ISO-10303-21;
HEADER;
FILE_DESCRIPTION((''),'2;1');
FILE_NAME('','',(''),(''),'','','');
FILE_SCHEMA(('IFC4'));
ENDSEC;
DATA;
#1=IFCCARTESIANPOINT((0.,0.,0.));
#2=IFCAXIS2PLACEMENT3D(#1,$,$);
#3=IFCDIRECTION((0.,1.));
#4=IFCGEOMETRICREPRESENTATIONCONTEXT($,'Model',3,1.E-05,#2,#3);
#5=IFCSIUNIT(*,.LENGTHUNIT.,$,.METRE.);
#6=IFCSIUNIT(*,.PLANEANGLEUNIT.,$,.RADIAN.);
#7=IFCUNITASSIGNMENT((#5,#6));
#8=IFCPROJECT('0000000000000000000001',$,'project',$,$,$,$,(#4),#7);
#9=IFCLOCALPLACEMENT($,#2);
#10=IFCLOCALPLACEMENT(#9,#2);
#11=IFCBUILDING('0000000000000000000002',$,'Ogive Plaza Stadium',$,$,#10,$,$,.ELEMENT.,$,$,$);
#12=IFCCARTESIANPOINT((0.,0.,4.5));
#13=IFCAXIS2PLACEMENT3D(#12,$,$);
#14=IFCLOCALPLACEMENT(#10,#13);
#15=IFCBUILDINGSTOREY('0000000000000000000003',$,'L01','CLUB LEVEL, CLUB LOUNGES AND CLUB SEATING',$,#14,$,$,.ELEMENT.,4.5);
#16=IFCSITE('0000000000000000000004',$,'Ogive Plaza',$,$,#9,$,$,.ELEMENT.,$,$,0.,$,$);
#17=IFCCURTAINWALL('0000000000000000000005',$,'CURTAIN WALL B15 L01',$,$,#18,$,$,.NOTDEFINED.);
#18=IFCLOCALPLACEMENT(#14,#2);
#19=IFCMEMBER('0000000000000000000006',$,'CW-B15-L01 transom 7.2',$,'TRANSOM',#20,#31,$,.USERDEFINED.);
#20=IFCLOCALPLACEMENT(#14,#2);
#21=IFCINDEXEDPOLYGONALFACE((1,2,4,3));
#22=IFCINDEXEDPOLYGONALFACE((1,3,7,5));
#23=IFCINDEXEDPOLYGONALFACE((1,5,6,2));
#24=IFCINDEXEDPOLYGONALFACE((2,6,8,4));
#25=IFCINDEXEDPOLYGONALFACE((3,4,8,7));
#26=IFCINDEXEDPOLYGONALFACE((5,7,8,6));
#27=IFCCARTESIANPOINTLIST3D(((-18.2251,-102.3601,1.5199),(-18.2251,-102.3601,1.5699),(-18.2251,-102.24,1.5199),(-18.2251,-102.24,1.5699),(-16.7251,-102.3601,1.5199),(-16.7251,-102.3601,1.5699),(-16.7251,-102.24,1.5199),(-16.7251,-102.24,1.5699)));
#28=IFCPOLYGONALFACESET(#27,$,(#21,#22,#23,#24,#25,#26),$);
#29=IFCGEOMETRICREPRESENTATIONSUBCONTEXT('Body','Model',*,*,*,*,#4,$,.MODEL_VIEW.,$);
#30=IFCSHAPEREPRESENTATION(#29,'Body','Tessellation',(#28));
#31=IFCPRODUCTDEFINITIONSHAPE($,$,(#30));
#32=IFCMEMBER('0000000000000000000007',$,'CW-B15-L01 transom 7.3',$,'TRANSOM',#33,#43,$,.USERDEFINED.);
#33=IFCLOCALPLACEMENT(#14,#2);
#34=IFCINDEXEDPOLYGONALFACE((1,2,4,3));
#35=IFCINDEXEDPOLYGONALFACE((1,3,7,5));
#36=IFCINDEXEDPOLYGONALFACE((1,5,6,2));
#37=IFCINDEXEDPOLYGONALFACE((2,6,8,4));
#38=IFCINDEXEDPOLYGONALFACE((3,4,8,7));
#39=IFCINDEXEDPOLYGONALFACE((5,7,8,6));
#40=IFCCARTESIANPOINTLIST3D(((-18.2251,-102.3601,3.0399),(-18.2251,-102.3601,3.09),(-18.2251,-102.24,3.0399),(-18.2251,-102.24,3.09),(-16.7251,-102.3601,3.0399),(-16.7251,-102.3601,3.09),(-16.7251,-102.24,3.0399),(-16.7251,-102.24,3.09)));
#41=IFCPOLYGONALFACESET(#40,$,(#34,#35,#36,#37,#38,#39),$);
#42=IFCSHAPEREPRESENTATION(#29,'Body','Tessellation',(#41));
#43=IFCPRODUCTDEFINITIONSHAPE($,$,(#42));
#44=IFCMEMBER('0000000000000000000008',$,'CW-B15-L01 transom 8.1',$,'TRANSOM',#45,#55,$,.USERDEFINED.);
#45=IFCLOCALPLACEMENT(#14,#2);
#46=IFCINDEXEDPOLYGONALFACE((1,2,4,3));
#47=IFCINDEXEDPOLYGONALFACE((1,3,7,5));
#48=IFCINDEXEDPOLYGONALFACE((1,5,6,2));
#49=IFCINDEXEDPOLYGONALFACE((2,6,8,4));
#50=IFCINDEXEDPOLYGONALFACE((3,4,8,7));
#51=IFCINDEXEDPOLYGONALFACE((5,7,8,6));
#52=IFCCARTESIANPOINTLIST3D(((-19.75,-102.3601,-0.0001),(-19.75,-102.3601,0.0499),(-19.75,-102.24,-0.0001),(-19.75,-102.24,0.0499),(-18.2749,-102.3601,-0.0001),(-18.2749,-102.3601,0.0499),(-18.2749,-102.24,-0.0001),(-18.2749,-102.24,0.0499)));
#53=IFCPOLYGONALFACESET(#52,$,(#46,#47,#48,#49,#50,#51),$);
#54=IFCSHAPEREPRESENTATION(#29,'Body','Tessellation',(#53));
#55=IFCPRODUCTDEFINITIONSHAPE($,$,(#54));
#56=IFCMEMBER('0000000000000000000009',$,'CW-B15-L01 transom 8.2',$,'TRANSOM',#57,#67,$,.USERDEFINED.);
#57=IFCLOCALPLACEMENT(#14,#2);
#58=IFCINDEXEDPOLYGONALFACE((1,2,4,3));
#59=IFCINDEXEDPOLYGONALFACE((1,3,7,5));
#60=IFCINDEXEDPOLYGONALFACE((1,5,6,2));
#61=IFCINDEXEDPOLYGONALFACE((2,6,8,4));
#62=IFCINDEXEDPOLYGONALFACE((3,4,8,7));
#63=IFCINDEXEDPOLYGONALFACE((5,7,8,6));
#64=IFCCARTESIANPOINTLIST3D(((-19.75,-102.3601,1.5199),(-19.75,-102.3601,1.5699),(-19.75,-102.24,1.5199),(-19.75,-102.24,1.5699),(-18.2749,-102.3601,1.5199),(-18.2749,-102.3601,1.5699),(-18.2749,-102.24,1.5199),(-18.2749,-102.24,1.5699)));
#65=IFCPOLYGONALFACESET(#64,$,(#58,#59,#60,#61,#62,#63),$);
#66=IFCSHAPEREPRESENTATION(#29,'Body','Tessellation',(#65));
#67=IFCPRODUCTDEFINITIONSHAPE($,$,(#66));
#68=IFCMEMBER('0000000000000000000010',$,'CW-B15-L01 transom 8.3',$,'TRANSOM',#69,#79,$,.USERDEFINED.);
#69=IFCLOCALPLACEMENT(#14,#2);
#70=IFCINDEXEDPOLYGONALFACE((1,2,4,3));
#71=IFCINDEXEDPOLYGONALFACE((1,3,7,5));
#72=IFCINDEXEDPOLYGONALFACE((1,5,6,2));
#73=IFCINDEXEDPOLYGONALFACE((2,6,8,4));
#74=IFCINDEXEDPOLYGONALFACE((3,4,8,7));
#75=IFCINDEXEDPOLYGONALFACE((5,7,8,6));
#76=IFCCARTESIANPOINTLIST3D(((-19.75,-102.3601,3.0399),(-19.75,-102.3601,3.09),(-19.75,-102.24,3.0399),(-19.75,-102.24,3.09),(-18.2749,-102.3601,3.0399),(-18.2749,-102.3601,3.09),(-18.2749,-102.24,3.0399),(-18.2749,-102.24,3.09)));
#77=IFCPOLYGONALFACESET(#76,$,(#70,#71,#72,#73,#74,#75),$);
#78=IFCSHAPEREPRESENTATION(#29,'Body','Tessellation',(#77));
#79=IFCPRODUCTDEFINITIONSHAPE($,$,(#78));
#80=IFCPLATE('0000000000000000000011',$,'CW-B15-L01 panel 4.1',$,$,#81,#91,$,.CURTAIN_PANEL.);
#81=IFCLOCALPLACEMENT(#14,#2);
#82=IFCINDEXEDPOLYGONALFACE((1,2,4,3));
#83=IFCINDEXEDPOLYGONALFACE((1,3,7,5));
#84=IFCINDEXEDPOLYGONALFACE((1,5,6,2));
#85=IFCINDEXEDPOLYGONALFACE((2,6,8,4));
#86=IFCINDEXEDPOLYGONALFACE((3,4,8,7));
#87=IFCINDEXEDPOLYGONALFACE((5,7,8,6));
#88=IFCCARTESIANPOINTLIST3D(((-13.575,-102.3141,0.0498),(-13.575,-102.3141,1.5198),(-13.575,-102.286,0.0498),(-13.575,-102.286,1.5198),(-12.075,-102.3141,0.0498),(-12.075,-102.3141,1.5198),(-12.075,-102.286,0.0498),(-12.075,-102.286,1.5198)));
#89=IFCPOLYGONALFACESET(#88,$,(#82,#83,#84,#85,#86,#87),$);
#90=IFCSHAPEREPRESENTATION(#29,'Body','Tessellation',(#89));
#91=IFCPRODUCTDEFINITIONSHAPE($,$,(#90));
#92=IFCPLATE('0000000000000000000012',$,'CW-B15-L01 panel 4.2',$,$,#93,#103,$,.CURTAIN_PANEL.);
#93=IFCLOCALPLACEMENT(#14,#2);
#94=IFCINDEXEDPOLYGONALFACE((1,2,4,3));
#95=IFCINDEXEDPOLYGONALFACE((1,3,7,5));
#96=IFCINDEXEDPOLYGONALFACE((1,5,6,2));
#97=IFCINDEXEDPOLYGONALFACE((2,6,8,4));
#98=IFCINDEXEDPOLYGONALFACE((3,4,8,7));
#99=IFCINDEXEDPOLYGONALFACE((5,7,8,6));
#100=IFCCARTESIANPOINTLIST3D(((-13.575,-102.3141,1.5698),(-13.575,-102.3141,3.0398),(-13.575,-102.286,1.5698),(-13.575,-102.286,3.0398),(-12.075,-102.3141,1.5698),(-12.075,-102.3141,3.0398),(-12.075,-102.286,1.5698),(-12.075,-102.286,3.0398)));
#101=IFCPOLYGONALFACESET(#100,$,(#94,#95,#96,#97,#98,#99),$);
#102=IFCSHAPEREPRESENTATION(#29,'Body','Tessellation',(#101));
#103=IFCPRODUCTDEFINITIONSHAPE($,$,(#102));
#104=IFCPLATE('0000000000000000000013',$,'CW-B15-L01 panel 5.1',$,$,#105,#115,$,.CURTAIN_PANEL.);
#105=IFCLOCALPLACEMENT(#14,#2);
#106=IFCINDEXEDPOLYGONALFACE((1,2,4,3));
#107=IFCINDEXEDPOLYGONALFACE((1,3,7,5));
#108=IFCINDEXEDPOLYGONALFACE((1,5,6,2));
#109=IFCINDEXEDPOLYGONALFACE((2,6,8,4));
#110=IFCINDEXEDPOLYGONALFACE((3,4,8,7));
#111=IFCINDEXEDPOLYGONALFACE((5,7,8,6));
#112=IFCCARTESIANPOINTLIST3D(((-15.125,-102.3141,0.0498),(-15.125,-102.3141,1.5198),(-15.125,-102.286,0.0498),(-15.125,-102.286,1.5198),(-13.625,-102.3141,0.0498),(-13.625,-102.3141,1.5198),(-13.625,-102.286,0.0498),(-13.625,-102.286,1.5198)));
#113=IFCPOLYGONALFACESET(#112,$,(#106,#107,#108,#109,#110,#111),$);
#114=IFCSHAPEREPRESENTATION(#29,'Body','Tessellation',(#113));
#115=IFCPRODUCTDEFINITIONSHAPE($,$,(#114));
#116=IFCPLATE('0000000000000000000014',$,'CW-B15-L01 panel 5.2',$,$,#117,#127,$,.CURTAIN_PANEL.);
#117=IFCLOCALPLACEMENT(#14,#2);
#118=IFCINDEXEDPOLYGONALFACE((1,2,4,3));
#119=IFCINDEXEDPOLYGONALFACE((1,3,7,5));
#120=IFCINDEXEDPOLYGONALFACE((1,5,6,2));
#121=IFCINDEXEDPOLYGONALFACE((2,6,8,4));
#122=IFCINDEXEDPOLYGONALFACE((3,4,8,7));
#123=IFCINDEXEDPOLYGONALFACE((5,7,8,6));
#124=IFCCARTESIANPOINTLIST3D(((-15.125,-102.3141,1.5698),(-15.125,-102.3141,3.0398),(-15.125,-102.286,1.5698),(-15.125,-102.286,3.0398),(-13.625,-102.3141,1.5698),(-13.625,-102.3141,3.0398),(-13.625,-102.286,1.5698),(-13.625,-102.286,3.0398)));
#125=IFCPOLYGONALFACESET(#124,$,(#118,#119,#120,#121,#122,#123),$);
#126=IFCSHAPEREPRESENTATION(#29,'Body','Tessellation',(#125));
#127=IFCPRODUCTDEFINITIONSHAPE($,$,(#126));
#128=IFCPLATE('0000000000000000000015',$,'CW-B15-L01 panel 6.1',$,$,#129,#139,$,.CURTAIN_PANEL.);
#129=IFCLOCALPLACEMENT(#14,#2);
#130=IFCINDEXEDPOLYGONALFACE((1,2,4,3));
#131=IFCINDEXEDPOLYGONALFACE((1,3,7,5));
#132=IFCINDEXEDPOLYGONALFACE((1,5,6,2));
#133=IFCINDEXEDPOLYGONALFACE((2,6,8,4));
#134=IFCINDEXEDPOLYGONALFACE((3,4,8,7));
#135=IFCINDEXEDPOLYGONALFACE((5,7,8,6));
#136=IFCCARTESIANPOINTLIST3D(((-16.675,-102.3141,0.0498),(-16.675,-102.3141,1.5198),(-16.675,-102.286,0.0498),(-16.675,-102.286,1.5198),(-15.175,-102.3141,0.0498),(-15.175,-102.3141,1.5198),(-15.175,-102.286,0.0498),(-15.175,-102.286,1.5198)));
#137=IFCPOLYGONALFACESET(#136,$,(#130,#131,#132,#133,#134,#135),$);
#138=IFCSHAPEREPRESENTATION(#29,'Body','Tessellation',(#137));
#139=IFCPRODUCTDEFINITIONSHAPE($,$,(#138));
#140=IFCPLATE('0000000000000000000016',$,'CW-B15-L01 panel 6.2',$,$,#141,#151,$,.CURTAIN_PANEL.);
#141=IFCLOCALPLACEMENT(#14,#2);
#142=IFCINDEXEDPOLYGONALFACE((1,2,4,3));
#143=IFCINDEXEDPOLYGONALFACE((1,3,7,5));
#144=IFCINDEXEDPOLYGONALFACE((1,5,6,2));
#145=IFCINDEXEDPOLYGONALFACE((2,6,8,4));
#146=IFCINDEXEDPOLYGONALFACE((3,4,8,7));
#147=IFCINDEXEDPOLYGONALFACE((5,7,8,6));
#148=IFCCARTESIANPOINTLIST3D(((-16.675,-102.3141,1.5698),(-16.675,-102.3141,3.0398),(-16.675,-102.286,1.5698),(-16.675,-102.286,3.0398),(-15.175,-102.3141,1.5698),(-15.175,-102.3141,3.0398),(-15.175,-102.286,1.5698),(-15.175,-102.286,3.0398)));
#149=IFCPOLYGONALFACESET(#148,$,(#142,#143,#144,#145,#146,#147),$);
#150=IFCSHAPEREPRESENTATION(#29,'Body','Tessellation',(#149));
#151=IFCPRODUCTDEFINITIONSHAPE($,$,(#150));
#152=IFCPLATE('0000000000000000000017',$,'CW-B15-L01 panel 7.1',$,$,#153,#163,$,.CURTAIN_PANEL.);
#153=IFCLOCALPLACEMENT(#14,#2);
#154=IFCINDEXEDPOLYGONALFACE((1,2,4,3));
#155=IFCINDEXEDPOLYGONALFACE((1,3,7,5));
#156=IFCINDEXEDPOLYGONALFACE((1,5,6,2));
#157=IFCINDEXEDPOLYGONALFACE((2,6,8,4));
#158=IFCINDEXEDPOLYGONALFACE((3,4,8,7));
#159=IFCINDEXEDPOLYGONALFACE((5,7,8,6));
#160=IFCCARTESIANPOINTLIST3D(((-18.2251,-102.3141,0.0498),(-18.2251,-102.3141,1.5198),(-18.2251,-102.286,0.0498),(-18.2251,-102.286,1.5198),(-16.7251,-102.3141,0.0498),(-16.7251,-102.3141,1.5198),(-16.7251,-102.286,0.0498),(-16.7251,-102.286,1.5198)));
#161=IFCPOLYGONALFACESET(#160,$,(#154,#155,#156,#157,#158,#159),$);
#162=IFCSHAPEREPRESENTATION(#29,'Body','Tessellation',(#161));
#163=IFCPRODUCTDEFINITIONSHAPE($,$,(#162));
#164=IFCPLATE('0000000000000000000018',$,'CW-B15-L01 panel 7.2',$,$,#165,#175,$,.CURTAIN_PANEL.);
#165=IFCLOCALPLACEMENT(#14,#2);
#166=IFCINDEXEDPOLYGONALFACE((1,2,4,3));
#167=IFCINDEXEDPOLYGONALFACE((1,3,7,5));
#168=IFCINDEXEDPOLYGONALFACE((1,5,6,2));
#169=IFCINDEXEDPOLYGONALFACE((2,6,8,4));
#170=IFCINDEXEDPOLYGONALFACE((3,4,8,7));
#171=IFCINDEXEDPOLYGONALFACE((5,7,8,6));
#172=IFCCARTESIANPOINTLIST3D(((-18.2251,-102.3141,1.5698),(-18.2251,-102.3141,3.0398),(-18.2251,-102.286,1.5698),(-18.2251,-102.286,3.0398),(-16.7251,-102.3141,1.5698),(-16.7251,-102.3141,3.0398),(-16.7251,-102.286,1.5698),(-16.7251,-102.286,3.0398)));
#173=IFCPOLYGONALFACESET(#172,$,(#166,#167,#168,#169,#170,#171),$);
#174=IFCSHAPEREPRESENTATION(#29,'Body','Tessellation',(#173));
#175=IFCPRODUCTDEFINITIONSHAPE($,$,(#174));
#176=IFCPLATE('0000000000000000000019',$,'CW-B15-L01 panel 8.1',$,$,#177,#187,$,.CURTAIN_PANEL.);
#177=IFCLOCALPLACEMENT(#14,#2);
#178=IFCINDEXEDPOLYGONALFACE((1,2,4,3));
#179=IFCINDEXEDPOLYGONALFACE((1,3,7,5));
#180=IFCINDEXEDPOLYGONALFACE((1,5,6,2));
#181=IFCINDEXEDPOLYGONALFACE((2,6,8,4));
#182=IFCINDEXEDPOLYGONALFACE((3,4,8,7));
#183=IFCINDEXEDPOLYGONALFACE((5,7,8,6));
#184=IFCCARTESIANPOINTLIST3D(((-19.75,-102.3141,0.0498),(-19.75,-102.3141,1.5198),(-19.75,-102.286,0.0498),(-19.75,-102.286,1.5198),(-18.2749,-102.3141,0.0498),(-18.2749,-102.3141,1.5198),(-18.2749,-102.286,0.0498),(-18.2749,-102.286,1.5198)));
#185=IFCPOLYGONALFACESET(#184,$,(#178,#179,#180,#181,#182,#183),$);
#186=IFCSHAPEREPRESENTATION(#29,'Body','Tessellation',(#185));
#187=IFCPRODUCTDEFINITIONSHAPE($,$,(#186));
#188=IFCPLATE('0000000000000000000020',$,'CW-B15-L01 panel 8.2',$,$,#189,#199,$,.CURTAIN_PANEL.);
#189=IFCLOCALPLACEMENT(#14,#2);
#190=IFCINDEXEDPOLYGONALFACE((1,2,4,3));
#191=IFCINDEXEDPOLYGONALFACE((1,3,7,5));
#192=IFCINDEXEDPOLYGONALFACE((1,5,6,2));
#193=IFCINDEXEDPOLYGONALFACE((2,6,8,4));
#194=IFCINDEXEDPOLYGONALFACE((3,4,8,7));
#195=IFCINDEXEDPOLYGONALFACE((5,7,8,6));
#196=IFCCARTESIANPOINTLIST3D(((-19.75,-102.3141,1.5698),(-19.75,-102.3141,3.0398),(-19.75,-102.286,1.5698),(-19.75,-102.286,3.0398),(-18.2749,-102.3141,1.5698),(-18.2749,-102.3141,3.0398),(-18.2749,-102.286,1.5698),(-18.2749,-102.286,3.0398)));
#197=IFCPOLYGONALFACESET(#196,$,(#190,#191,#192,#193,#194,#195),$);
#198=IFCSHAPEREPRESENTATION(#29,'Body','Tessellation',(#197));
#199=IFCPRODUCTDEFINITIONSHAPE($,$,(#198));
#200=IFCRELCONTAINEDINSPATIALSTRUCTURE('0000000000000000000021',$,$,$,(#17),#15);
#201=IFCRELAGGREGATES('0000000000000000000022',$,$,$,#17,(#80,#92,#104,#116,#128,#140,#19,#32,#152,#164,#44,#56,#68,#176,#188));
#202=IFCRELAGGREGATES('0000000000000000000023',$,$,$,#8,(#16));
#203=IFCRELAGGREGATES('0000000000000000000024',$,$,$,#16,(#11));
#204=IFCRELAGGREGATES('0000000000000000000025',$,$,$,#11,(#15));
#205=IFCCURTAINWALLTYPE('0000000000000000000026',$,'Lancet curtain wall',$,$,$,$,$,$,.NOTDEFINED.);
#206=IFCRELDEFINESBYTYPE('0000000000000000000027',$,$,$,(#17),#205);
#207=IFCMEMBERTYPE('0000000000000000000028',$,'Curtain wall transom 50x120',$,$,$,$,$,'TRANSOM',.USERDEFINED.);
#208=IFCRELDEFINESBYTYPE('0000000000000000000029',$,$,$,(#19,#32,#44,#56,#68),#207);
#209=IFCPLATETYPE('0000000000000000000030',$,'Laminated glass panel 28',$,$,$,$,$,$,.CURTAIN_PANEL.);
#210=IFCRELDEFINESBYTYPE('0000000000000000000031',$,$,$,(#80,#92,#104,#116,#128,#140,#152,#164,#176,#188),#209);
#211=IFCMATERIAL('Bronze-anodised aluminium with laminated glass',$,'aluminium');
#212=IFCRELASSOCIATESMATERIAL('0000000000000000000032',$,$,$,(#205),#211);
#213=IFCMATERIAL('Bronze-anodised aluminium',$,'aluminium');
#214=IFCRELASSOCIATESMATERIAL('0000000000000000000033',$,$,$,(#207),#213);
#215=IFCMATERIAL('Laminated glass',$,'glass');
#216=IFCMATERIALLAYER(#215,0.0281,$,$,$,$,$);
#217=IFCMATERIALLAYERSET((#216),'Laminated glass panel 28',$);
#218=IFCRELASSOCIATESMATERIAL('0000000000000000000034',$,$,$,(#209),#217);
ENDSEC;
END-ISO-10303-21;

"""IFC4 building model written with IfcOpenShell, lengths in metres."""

from ifc_helpers import new_model, si_unit, direction, frame, origin, origin_2d, place, context, subcontext, project, spatial, rectangle, extrude, material, layer, layer_set, material_profile, profile_set, type_object, element, aggregate, save


model = new_model("IFC4")

# Units and contexts
model_context = context("Model", 3, precision=1e-05, world=origin(), true_north=direction((0.0, 1.0)))
body_context = subcontext(model_context, "Body", "Model", "MODEL_VIEW")
ifc_project = project(units=[si_unit("LENGTHUNIT", "METRE"), si_unit("PLANEANGLEUNIT", "RADIAN")], contexts=[model_context])

# Site, building, storey
site_placement = place(None, origin())
site = spatial("IfcSite", under=ifc_project, at=site_placement, Name="Ogive Plaza", CompositionType="ELEMENT", RefElevation=0.0)
building_placement = place(site_placement, origin())
building = spatial("IfcBuilding", under=site, at=building_placement, Name="Ogive Plaza Stadium", CompositionType="ELEMENT")
storey_placement = place(building_placement, frame((0.0, 0.0, 4.5)))
storey = spatial("IfcBuildingStorey", under=building, at=storey_placement, Name="L01", Description="CLUB LEVEL, CLUB LOUNGES AND CLUB SEATING", CompositionType="ELEMENT", Elevation=4.5)

# Curtain wall, members, plates
ifc_material_1 = material(Name="Bronze-anodised aluminium with laminated glass", Category="aluminium")
curtain_wall_type = type_object("IfcCurtainWallType", Name="Lancet curtain wall", PredefinedType="NOTDEFINED", material=ifc_material_1)
curtain_wall_placement = place(storey_placement, origin())
curtain_wall = element("IfcCurtainWall", 1, at=curtain_wall_placement, inside=storey, type_object=curtain_wall_type, Name="CURTAIN WALL B15 L01", PredefinedType="NOTDEFINED")
ifc_material_2 = material(Name="Bronze-anodised aluminium", Category="aluminium")
ifc_material_profile_1 = material_profile(ifc_material_2, rectangle(XDim=0.1201, YDim=0.05, at=origin_2d()), Name="AL 120x50")
ifc_profile_set_1 = profile_set([ifc_material_profile_1], Name="Bronze-anodised aluminium")
member_type_1 = type_object("IfcMemberType", Name="Curtain wall transom 50x120", ElementType="TRANSOM", PredefinedType="USERDEFINED", material=ifc_profile_set_1)
member_1_placement = place(storey_placement, frame((-16.7251, -102.3, 1.5449), z_axis=(-1.0, 0.0, 0.0), x_axis=(0.0, -1.0, 0.0)))
member_1 = element("IfcMember", 2, at=member_1_placement, type_object=member_type_1, Name="CW-B15-L01 transom 7.2", ObjectType="TRANSOM", PredefinedType="USERDEFINED", context=body_context, shape_type="SweptSolid", body=[
    extrude(rectangle(XDim=0.1201, YDim=0.05, at=origin_2d()), origin(), (0.0, 0.0, 1.0), 1.5),
])
member_2_placement = place(storey_placement, frame((-16.7251, -102.3, 3.0649), z_axis=(-1.0, 0.0, 0.0), x_axis=(0.0, -1.0, 0.0)))
member_2 = element("IfcMember", 3, at=member_2_placement, type_object=member_type_1, Name="CW-B15-L01 transom 7.3", ObjectType="TRANSOM", PredefinedType="USERDEFINED", context=body_context, shape_type="SweptSolid", body=[
    extrude(rectangle(XDim=0.1201, YDim=0.05, at=origin_2d()), origin(), (0.0, 0.0, 1.0), 1.5),
])
member_3_placement = place(storey_placement, frame((-18.2749, -102.3, 0.0249), z_axis=(-1.0, 0.0, 0.0), x_axis=(0.0, -1.0, 0.0)))
member_3 = element("IfcMember", 4, at=member_3_placement, type_object=member_type_1, Name="CW-B15-L01 transom 8.1", ObjectType="TRANSOM", PredefinedType="USERDEFINED", context=body_context, shape_type="SweptSolid", body=[
    extrude(rectangle(XDim=0.1201, YDim=0.05, at=origin_2d()), origin(), (0.0, 0.0, 1.0), 1.4751),
])
member_4_placement = place(storey_placement, frame((-18.2749, -102.3, 1.5449), z_axis=(-1.0, 0.0, 0.0), x_axis=(0.0, -1.0, 0.0)))
member_4 = element("IfcMember", 5, at=member_4_placement, type_object=member_type_1, Name="CW-B15-L01 transom 8.2", ObjectType="TRANSOM", PredefinedType="USERDEFINED", context=body_context, shape_type="SweptSolid", body=[
    extrude(rectangle(XDim=0.1201, YDim=0.05, at=origin_2d()), origin(), (0.0, 0.0, 1.0), 1.4751),
])
member_5_placement = place(storey_placement, frame((-18.2749, -102.3, 3.0649), z_axis=(-1.0, 0.0, 0.0), x_axis=(0.0, -1.0, 0.0)))
member_5 = element("IfcMember", 6, at=member_5_placement, type_object=member_type_1, Name="CW-B15-L01 transom 8.3", ObjectType="TRANSOM", PredefinedType="USERDEFINED", context=body_context, shape_type="SweptSolid", body=[
    extrude(rectangle(XDim=0.1201, YDim=0.05, at=origin_2d()), origin(), (0.0, 0.0, 1.0), 1.4751),
])
ifc_material_3 = material(Name="Laminated glass", Category="glass")
ifc_layer_1 = layer(ifc_material_3, 0.0281)
ifc_layer_set_1 = layer_set([ifc_layer_1], Name="Laminated glass panel 28")
plate_type = type_object("IfcPlateType", Name="Laminated glass panel 28", PredefinedType="CURTAIN_PANEL", material=ifc_layer_set_1)
plate_1_placement = place(storey_placement, frame((-12.825, -102.3, 0.0498), z_axis=(0.0, 0.0, 1.0), x_axis=(-1.0, 0.0, 0.0)))
plate_1 = element("IfcPlate", 7, at=plate_1_placement, type_object=plate_type, Name="CW-B15-L01 panel 4.1", PredefinedType="CURTAIN_PANEL", context=body_context, shape_type="SweptSolid", body=[
    extrude(rectangle(XDim=1.5, YDim=0.0281, at=origin_2d()), origin(), (0.0, 0.0, 1.0), 1.47),
])
plate_2_placement = place(storey_placement, frame((-12.825, -102.3, 1.5698), z_axis=(0.0, 0.0, 1.0), x_axis=(-1.0, 0.0, 0.0)))
plate_2 = element("IfcPlate", 8, at=plate_2_placement, type_object=plate_type, Name="CW-B15-L01 panel 4.2", PredefinedType="CURTAIN_PANEL", context=body_context, shape_type="SweptSolid", body=[
    extrude(rectangle(XDim=1.5, YDim=0.0281, at=origin_2d()), origin(), (0.0, 0.0, 1.0), 1.47),
])
plate_3_placement = place(storey_placement, frame((-14.375, -102.3, 0.0498), z_axis=(0.0, 0.0, 1.0), x_axis=(-1.0, 0.0, 0.0)))
plate_3 = element("IfcPlate", 9, at=plate_3_placement, type_object=plate_type, Name="CW-B15-L01 panel 5.1", PredefinedType="CURTAIN_PANEL", context=body_context, shape_type="SweptSolid", body=[
    extrude(rectangle(XDim=1.5, YDim=0.0281, at=origin_2d()), origin(), (0.0, 0.0, 1.0), 1.47),
])
plate_4_placement = place(storey_placement, frame((-14.375, -102.3, 1.5698), z_axis=(0.0, 0.0, 1.0), x_axis=(-1.0, 0.0, 0.0)))
plate_4 = element("IfcPlate", 10, at=plate_4_placement, type_object=plate_type, Name="CW-B15-L01 panel 5.2", PredefinedType="CURTAIN_PANEL", context=body_context, shape_type="SweptSolid", body=[
    extrude(rectangle(XDim=1.5, YDim=0.0281, at=origin_2d()), origin(), (0.0, 0.0, 1.0), 1.47),
])
plate_5_placement = place(storey_placement, frame((-15.925, -102.3, 0.0498), z_axis=(0.0, 0.0, 1.0), x_axis=(-1.0, 0.0, 0.0)))
plate_5 = element("IfcPlate", 11, at=plate_5_placement, type_object=plate_type, Name="CW-B15-L01 panel 6.1", PredefinedType="CURTAIN_PANEL", context=body_context, shape_type="SweptSolid", body=[
    extrude(rectangle(XDim=1.5, YDim=0.0281, at=origin_2d()), origin(), (0.0, 0.0, 1.0), 1.47),
])
plate_6_placement = place(storey_placement, frame((-15.925, -102.3, 1.5698), z_axis=(0.0, 0.0, 1.0), x_axis=(-1.0, 0.0, 0.0)))
plate_6 = element("IfcPlate", 12, at=plate_6_placement, type_object=plate_type, Name="CW-B15-L01 panel 6.2", PredefinedType="CURTAIN_PANEL", context=body_context, shape_type="SweptSolid", body=[
    extrude(rectangle(XDim=1.5, YDim=0.0281, at=origin_2d()), origin(), (0.0, 0.0, 1.0), 1.47),
])
plate_7_placement = place(storey_placement, frame((-17.4751, -102.3, 0.0498), z_axis=(0.0, 0.0, 1.0), x_axis=(-1.0, 0.0, 0.0)))
plate_7 = element("IfcPlate", 13, at=plate_7_placement, type_object=plate_type, Name="CW-B15-L01 panel 7.1", PredefinedType="CURTAIN_PANEL", context=body_context, shape_type="SweptSolid", body=[
    extrude(rectangle(XDim=1.5, YDim=0.0281, at=origin_2d()), origin(), (0.0, 0.0, 1.0), 1.47),
])
plate_8_placement = place(storey_placement, frame((-17.4751, -102.3, 1.5698), z_axis=(0.0, 0.0, 1.0), x_axis=(-1.0, 0.0, 0.0)))
plate_8 = element("IfcPlate", 14, at=plate_8_placement, type_object=plate_type, Name="CW-B15-L01 panel 7.2", PredefinedType="CURTAIN_PANEL", context=body_context, shape_type="SweptSolid", body=[
    extrude(rectangle(XDim=1.5, YDim=0.0281, at=origin_2d()), origin(), (0.0, 0.0, 1.0), 1.47),
])
plate_9_placement = place(storey_placement, frame((-19.0125, -102.3, 0.0498), z_axis=(0.0, 0.0, 1.0), x_axis=(-1.0, 0.0, 0.0)))
plate_9 = element("IfcPlate", 15, at=plate_9_placement, type_object=plate_type, Name="CW-B15-L01 panel 8.1", PredefinedType="CURTAIN_PANEL", context=body_context, shape_type="SweptSolid", body=[
    extrude(rectangle(XDim=1.4751, YDim=0.0281, at=origin_2d()), origin(), (0.0, 0.0, 1.0), 1.47),
])
plate_10_placement = place(storey_placement, frame((-19.0125, -102.3, 1.5698), z_axis=(0.0, 0.0, 1.0), x_axis=(-1.0, 0.0, 0.0)))
plate_10 = element("IfcPlate", 16, at=plate_10_placement, type_object=plate_type, Name="CW-B15-L01 panel 8.2", PredefinedType="CURTAIN_PANEL", context=body_context, shape_type="SweptSolid", body=[
    extrude(rectangle(XDim=1.4751, YDim=0.0281, at=origin_2d()), origin(), (0.0, 0.0, 1.0), 1.47),
])
aggregate(curtain_wall, [plate_1, plate_2, plate_3, plate_4, plate_5, plate_6, member_1, member_2, plate_7, plate_8, member_3, member_4, member_5, plate_9, plate_10])

save(model, "model.ifc")
